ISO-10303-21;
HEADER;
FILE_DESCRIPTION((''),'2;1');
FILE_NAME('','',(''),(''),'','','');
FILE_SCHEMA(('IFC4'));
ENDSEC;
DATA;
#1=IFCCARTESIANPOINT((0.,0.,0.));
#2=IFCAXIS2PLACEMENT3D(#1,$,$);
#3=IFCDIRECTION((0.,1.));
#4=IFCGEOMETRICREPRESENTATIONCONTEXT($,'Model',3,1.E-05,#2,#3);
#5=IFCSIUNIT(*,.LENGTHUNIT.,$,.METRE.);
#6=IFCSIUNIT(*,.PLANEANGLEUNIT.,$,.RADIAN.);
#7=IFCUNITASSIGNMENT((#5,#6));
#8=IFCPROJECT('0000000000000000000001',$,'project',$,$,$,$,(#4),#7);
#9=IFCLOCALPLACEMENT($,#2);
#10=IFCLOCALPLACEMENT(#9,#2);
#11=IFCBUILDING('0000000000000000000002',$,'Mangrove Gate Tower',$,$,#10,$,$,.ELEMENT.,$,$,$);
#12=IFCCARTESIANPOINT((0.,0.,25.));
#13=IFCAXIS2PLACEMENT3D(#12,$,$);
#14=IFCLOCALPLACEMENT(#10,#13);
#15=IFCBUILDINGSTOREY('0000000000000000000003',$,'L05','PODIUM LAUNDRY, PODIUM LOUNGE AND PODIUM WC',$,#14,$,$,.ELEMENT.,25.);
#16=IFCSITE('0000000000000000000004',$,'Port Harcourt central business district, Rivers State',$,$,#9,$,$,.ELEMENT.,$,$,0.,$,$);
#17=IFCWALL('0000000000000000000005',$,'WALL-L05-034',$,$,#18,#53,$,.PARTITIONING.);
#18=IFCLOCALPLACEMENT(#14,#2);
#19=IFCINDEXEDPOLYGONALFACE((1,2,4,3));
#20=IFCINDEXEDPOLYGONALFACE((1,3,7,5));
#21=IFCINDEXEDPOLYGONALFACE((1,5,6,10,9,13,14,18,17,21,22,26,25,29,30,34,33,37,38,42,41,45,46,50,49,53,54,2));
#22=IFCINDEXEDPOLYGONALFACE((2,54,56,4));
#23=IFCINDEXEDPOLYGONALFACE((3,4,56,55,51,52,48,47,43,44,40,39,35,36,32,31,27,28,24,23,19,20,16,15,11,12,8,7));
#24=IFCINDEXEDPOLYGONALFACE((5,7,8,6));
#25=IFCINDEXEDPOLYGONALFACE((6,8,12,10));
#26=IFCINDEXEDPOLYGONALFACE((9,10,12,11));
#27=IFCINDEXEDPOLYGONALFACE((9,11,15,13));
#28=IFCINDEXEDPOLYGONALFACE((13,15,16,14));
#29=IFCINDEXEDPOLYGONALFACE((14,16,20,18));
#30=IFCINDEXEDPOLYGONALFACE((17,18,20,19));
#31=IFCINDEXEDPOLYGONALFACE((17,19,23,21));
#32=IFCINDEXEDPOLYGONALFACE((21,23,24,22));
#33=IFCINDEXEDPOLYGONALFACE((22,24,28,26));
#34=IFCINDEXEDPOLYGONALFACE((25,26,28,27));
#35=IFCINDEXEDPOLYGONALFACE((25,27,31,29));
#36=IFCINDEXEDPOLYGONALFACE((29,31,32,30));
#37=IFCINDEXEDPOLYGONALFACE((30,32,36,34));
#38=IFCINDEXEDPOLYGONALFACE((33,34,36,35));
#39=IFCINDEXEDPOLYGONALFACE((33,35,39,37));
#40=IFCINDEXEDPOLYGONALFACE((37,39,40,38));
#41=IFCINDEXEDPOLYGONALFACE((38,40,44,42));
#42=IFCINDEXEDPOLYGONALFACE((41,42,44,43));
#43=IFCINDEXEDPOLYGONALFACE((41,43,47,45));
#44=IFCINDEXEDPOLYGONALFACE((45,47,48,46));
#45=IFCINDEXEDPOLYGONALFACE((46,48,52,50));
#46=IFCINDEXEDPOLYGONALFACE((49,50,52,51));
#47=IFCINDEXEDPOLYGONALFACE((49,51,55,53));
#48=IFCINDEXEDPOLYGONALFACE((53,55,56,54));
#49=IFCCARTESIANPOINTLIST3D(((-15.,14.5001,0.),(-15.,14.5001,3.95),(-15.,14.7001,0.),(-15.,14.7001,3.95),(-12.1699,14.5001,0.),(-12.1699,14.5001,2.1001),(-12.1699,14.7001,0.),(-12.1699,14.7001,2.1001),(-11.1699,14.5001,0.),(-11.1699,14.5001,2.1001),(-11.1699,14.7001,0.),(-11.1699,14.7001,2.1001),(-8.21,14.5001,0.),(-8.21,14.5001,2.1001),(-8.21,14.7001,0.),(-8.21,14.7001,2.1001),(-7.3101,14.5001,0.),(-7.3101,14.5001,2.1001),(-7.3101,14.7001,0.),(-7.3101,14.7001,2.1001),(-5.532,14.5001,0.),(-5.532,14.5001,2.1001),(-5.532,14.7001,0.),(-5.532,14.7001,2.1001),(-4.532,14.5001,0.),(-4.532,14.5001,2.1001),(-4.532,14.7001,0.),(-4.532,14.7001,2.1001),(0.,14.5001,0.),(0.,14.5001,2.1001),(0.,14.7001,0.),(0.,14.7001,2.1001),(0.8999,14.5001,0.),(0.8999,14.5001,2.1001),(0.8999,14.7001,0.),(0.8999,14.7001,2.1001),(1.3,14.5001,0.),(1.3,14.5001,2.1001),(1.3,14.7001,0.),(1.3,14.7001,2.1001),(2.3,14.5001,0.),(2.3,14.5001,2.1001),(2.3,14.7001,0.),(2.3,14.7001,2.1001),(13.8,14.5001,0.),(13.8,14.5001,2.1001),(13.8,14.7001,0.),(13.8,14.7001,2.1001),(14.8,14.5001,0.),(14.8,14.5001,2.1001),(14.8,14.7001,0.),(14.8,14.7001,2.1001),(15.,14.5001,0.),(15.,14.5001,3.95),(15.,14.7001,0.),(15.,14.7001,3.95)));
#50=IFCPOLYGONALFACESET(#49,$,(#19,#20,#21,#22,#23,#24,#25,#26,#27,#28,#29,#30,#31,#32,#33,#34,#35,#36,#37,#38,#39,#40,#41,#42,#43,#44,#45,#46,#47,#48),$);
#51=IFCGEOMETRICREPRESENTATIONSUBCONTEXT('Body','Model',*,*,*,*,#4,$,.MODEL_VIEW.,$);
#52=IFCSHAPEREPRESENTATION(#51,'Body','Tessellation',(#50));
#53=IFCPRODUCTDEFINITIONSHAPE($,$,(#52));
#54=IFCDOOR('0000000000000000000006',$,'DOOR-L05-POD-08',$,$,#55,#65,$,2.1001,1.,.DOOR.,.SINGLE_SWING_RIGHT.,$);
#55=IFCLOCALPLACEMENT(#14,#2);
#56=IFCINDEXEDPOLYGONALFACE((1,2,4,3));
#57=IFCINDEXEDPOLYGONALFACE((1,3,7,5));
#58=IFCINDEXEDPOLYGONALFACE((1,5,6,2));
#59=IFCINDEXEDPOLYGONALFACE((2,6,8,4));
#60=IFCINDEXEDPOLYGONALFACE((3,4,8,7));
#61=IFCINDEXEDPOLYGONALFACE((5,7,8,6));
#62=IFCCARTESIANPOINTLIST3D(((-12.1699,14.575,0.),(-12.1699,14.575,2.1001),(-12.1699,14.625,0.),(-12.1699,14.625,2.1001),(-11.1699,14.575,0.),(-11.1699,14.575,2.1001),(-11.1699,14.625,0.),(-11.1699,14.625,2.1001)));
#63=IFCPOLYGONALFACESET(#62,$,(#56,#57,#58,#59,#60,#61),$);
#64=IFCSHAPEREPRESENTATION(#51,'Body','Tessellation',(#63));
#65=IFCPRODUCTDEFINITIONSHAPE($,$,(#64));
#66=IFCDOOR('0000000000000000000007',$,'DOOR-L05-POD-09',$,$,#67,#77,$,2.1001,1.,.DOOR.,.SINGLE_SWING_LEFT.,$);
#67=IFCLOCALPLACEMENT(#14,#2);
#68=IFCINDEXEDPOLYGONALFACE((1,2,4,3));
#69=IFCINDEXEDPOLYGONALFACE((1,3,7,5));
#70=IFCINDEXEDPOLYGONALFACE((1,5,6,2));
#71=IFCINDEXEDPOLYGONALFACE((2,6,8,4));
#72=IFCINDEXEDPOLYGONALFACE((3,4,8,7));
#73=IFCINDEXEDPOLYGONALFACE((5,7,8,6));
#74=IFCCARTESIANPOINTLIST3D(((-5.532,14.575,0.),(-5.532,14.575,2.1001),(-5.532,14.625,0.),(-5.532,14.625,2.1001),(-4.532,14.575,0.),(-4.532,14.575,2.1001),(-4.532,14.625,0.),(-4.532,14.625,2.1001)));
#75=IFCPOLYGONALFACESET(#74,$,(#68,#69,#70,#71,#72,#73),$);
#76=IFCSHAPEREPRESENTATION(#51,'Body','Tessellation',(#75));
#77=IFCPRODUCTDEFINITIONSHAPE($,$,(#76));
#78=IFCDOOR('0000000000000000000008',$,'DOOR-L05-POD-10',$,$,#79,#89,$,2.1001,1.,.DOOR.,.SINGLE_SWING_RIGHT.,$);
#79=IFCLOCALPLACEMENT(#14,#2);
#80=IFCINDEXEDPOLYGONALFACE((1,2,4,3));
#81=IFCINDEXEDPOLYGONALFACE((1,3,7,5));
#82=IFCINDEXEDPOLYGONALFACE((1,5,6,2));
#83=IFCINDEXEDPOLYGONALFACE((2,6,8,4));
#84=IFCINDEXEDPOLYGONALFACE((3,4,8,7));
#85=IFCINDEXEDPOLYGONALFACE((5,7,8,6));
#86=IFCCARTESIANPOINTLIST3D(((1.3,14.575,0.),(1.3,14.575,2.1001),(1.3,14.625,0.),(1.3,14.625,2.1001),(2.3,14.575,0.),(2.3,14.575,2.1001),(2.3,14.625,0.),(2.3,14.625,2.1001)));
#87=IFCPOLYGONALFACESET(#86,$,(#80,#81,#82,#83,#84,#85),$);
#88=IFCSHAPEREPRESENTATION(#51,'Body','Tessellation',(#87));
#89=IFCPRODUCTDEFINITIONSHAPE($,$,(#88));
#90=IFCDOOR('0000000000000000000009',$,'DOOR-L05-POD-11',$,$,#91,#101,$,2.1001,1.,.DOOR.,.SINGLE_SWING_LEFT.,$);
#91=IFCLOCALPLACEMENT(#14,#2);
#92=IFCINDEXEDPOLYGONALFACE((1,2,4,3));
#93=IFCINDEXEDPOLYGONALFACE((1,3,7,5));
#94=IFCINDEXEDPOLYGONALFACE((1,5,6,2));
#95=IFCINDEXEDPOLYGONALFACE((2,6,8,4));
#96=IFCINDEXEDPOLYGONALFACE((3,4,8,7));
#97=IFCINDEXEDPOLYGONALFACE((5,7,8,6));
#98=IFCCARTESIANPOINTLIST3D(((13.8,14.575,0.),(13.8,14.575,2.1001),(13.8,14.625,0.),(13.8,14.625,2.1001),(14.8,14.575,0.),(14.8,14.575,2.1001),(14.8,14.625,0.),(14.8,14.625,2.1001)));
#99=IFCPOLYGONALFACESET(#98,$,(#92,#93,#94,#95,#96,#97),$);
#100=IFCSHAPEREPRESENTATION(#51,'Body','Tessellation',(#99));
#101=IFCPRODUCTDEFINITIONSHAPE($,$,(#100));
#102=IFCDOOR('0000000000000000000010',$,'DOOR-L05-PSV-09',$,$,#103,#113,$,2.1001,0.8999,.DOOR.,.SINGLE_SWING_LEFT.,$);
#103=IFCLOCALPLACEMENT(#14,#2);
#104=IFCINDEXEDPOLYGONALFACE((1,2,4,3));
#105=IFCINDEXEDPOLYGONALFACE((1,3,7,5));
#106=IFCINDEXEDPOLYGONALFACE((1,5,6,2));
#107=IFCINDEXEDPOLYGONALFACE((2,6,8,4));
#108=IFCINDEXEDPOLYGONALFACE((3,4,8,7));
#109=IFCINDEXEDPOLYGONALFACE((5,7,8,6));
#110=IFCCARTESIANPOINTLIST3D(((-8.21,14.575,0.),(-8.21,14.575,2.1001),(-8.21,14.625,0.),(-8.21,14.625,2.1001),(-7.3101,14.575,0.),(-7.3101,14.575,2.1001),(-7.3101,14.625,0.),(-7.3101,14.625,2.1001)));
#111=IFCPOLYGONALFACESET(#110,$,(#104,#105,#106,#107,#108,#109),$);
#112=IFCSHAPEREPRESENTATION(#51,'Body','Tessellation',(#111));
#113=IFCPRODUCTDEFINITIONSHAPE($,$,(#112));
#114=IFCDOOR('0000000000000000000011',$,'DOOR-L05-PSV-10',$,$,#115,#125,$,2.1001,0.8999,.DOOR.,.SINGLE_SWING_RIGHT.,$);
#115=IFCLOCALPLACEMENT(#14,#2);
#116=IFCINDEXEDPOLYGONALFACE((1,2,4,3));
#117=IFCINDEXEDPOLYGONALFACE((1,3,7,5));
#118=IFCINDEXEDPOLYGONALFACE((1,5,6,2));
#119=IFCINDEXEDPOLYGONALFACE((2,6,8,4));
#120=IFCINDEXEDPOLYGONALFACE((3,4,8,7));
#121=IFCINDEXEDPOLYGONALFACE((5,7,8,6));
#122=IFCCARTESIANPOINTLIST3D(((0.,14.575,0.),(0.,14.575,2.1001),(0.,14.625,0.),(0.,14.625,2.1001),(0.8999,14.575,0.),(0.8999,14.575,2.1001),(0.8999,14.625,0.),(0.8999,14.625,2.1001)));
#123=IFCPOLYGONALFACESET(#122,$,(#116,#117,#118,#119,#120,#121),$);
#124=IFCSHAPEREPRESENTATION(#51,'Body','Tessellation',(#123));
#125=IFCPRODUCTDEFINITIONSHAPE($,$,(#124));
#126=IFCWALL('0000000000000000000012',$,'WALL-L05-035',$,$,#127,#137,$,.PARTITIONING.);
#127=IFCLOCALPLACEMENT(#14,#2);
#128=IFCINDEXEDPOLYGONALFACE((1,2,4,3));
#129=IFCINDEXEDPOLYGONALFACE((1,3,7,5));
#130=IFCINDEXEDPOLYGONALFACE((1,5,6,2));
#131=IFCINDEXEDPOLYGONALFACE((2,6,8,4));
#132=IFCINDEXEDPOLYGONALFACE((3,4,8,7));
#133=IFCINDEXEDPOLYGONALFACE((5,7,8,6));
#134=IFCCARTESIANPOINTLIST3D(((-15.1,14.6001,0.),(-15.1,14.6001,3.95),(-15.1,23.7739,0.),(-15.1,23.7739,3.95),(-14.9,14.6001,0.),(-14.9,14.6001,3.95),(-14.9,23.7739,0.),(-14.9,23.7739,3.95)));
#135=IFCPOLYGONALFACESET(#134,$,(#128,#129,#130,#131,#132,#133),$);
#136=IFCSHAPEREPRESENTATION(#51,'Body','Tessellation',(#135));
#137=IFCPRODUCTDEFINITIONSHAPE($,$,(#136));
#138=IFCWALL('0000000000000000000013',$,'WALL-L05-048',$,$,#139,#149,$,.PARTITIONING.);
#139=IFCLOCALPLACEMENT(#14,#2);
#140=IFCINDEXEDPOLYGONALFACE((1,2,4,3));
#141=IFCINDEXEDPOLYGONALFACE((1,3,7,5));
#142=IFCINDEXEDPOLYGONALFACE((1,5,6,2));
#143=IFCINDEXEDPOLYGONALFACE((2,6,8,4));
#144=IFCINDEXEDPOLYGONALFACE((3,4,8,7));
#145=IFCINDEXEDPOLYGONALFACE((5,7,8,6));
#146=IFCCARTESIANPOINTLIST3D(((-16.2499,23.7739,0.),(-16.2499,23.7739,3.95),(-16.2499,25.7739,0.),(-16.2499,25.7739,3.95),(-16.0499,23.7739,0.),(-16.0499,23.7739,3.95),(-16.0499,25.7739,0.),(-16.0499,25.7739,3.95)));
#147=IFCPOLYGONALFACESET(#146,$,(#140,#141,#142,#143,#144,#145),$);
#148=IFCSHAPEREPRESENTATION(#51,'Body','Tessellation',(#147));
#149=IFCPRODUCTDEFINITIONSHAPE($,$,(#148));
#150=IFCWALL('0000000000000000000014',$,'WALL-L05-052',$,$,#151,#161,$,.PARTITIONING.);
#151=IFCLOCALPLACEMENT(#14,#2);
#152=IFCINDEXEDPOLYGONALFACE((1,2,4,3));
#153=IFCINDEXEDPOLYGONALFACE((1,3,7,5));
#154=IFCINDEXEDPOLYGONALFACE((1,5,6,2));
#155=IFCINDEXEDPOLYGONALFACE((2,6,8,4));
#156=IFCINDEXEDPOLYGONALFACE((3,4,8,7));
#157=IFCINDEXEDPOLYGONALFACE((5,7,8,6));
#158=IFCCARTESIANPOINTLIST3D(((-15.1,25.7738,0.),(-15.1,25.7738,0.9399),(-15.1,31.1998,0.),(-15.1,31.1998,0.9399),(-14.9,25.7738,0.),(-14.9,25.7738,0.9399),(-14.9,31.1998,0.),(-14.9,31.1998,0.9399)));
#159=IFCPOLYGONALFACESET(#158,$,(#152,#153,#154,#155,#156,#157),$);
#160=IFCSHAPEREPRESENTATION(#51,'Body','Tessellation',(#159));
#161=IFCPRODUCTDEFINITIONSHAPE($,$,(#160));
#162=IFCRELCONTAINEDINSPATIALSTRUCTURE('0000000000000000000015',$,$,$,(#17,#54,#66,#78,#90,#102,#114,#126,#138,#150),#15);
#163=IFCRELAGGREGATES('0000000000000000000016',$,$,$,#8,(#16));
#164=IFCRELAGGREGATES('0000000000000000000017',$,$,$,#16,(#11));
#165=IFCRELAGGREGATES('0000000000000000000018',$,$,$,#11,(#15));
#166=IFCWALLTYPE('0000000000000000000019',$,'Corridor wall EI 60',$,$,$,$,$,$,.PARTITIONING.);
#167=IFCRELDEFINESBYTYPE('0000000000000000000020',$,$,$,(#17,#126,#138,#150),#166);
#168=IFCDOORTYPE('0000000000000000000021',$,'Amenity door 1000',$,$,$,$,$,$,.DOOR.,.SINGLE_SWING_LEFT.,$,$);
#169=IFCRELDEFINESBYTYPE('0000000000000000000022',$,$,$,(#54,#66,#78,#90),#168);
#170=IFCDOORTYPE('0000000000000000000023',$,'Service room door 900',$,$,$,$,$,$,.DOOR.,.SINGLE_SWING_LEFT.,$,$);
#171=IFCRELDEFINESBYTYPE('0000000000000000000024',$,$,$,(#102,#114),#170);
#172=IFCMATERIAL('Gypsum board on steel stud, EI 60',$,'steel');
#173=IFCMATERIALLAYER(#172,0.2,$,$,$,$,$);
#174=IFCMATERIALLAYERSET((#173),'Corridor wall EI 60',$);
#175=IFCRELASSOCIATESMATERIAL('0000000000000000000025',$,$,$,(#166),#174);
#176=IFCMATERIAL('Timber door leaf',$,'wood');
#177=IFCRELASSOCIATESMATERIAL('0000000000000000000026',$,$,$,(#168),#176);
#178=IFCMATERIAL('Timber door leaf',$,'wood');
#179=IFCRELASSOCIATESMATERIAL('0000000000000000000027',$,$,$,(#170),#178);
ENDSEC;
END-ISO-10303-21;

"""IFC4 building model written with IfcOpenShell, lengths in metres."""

from ifc_helpers import new_model, si_unit, direction, frame, frame_2d, origin, place, context, subcontext, project, spatial, rectangle, extrude, material, layer, layer_set, type_object, element, fill, save


model = new_model("IFC4")

# Units and contexts
model_context = context("Model", 3, precision=1e-05, world=origin(), true_north=direction((0.0, 1.0)))
body_context = subcontext(model_context, "Body", "Model", "MODEL_VIEW")
ifc_project = project(units=[si_unit("LENGTHUNIT", "METRE"), si_unit("PLANEANGLEUNIT", "RADIAN")], contexts=[model_context])

# Site, building, storey
site_placement = place(None, origin())
site = spatial("IfcSite", under=ifc_project, at=site_placement, Name="Port Harcourt central business district, Rivers State", CompositionType="ELEMENT", RefElevation=0.0)
building_placement = place(site_placement, origin())
building = spatial("IfcBuilding", under=site, at=building_placement, Name="Mangrove Gate Tower", CompositionType="ELEMENT")
storey_placement = place(building_placement, frame((0.0, 0.0, 25.0)))
storey = spatial("IfcBuildingStorey", under=building, at=storey_placement, Name="L05", Description="PODIUM LAUNDRY, PODIUM LOUNGE AND PODIUM WC", CompositionType="ELEMENT", Elevation=25.0)

# Wall, openings, doors
ifc_material_1 = material(Name="Gypsum board on steel stud, EI 60", Category="steel")
ifc_layer_1 = layer(ifc_material_1, 0.2)
ifc_layer_set_1 = layer_set([ifc_layer_1], Name="Corridor wall EI 60")
wall_type_1 = type_object("IfcWallType", Name="Corridor wall EI 60", PredefinedType="PARTITIONING", material=ifc_layer_set_1)
wall_1_placement = place(storey_placement, frame((-15.0, 14.6001, 0.0), z_axis=(0.0, 0.0, 1.0), x_axis=(1.0, 0.0, 0.0)))
wall_1 = element("IfcWall", 1, at=wall_1_placement, inside=storey, type_object=wall_type_1, Name="WALL-L05-034", PredefinedType="PARTITIONING", context=body_context, shape_type="SweptSolid", body=[
    extrude(rectangle(XDim=30.0, YDim=0.2, at=frame_2d((15.0, 0.0))), origin(), (0.0, 0.0, 1.0), 3.95),
])
opening_1_placement = place(wall_1_placement, frame((2.8301, 0.0, 0.0)))
opening_1 = element("IfcOpeningElement", 2, at=opening_1_placement, cuts=wall_1, PredefinedType="OPENING", context=body_context, shape_type="SweptSolid", body=[
    extrude(rectangle(XDim=1.0, YDim=2.1001, at=frame_2d((0.5, 1.05))), frame((0.0, 0.1099, 0.0), z_axis=(0.0, -1.0, 0.0), x_axis=(1.0, 0.0, 0.0)), (0.0, 0.0, 1.0), 0.22),
])
opening_2_placement = place(wall_1_placement, frame((9.468, 0.0, 0.0)))
opening_2 = element("IfcOpeningElement", 3, at=opening_2_placement, cuts=wall_1, PredefinedType="OPENING", context=body_context, shape_type="SweptSolid", body=[
    extrude(rectangle(XDim=1.0, YDim=2.1001, at=frame_2d((0.5, 1.05))), frame((0.0, 0.1099, 0.0), z_axis=(0.0, -1.0, 0.0), x_axis=(1.0, 0.0, 0.0)), (0.0, 0.0, 1.0), 0.22),
])
opening_3_placement = place(wall_1_placement, frame((6.79, 0.0, 0.0)))
opening_3 = element("IfcOpeningElement", 4, at=opening_3_placement, cuts=wall_1, PredefinedType="OPENING", context=body_context, shape_type="SweptSolid", body=[
    extrude(rectangle(XDim=0.8999, YDim=2.1001, at=frame_2d((0.45, 1.05))), frame((0.0, 0.1099, 0.0), z_axis=(0.0, -1.0, 0.0), x_axis=(1.0, 0.0, 0.0)), (0.0, 0.0, 1.0), 0.22),
])
opening_4_placement = place(wall_1_placement, frame((16.3, 0.0, 0.0)))
opening_4 = element("IfcOpeningElement", 5, at=opening_4_placement, cuts=wall_1, PredefinedType="OPENING", context=body_context, shape_type="SweptSolid", body=[
    extrude(rectangle(XDim=1.0, YDim=2.1001, at=frame_2d((0.5, 1.05))), frame((0.0, 0.1099, 0.0), z_axis=(0.0, -1.0, 0.0), x_axis=(1.0, 0.0, 0.0)), (0.0, 0.0, 1.0), 0.22),
])
opening_5_placement = place(wall_1_placement, frame((15.0, 0.0, 0.0)))
opening_5 = element("IfcOpeningElement", 6, at=opening_5_placement, cuts=wall_1, PredefinedType="OPENING", context=body_context, shape_type="SweptSolid", body=[
    extrude(rectangle(XDim=0.8999, YDim=2.1001, at=frame_2d((0.45, 1.05))), frame((0.0, 0.1099, 0.0), z_axis=(0.0, -1.0, 0.0), x_axis=(1.0, 0.0, 0.0)), (0.0, 0.0, 1.0), 0.22),
])
opening_6_placement = place(wall_1_placement, frame((28.8, 0.0, 0.0)))
opening_6 = element("IfcOpeningElement", 7, at=opening_6_placement, cuts=wall_1, PredefinedType="OPENING", context=body_context, shape_type="SweptSolid", body=[
    extrude(rectangle(XDim=1.0, YDim=2.1001, at=frame_2d((0.5, 1.05))), frame((0.0, 0.1099, 0.0), z_axis=(0.0, -1.0, 0.0), x_axis=(1.0, 0.0, 0.0)), (0.0, 0.0, 1.0), 0.22),
])
ifc_material_2 = material(Name="Timber door leaf", Category="wood")
door_type_1 = type_object("IfcDoorType", Name="Amenity door 1000", OperationType="SINGLE_SWING_LEFT", PredefinedType="DOOR", material=ifc_material_2)
door_1_placement = place(opening_1_placement, origin())
door_1 = element("IfcDoor", 8, at=door_1_placement, inside=storey, type_object=door_type_1, Name="DOOR-L05-POD-08", OperationType="SINGLE_SWING_RIGHT", OverallHeight=2.1001, OverallWidth=1.0, PredefinedType="DOOR", context=body_context, shape_type="SweptSolid", body=[
    extrude(rectangle(XDim=1.0, YDim=2.1001, at=frame_2d((0.5, 1.05))), frame((0.0, 0.0249, 0.0), z_axis=(0.0, -1.0, 0.0), x_axis=(1.0, 0.0, 0.0)), (0.0, 0.0, 1.0), 0.05),
])
fill(opening_1, door_1)
door_2_placement = place(opening_2_placement, origin())
door_2 = element("IfcDoor", 9, at=door_2_placement, inside=storey, type_object=door_type_1, Name="DOOR-L05-POD-09", OperationType="SINGLE_SWING_LEFT", OverallHeight=2.1001, OverallWidth=1.0, PredefinedType="DOOR", context=body_context, shape_type="SweptSolid", body=[
    extrude(rectangle(XDim=1.0, YDim=2.1001, at=frame_2d((0.5, 1.05))), frame((0.0, 0.0249, 0.0), z_axis=(0.0, -1.0, 0.0), x_axis=(1.0, 0.0, 0.0)), (0.0, 0.0, 1.0), 0.05),
])
fill(opening_2, door_2)
door_3_placement = place(opening_4_placement, origin())
door_3 = element("IfcDoor", 10, at=door_3_placement, inside=storey, type_object=door_type_1, Name="DOOR-L05-POD-10", OperationType="SINGLE_SWING_RIGHT", OverallHeight=2.1001, OverallWidth=1.0, PredefinedType="DOOR", context=body_context, shape_type="SweptSolid", body=[
    extrude(rectangle(XDim=1.0, YDim=2.1001, at=frame_2d((0.5, 1.05))), frame((0.0, 0.0249, 0.0), z_axis=(0.0, -1.0, 0.0), x_axis=(1.0, 0.0, 0.0)), (0.0, 0.0, 1.0), 0.05),
])
fill(opening_4, door_3)
door_4_placement = place(opening_6_placement, origin())
door_4 = element("IfcDoor", 11, at=door_4_placement, inside=storey, type_object=door_type_1, Name="DOOR-L05-POD-11", OperationType="SINGLE_SWING_LEFT", OverallHeight=2.1001, OverallWidth=1.0, PredefinedType="DOOR", context=body_context, shape_type="SweptSolid", body=[
    extrude(rectangle(XDim=1.0, YDim=2.1001, at=frame_2d((0.5, 1.05))), frame((0.0, 0.0249, 0.0), z_axis=(0.0, -1.0, 0.0), x_axis=(1.0, 0.0, 0.0)), (0.0, 0.0, 1.0), 0.05),
])
fill(opening_6, door_4)
ifc_material_3 = material(Name="Timber door leaf", Category="wood")
door_type_2 = type_object("IfcDoorType", Name="Service room door 900", OperationType="SINGLE_SWING_LEFT", PredefinedType="DOOR", material=ifc_material_3)
door_5_placement = place(opening_3_placement, origin())
door_5 = element("IfcDoor", 12, at=door_5_placement, inside=storey, type_object=door_type_2, Name="DOOR-L05-PSV-09", OperationType="SINGLE_SWING_LEFT", OverallHeight=2.1001, OverallWidth=0.8999, PredefinedType="DOOR", context=body_context, shape_type="SweptSolid", body=[
    extrude(rectangle(XDim=0.8999, YDim=2.1001, at=frame_2d((0.45, 1.05))), frame((0.0, 0.0249, 0.0), z_axis=(0.0, -1.0, 0.0), x_axis=(1.0, 0.0, 0.0)), (0.0, 0.0, 1.0), 0.05),
])
fill(opening_3, door_5)
door_6_placement = place(opening_5_placement, origin())
door_6 = element("IfcDoor", 13, at=door_6_placement, inside=storey, type_object=door_type_2, Name="DOOR-L05-PSV-10", OperationType="SINGLE_SWING_RIGHT", OverallHeight=2.1001, OverallWidth=0.8999, PredefinedType="DOOR", context=body_context, shape_type="SweptSolid", body=[
    extrude(rectangle(XDim=0.8999, YDim=2.1001, at=frame_2d((0.45, 1.05))), frame((0.0, 0.0249, 0.0), z_axis=(0.0, -1.0, 0.0), x_axis=(1.0, 0.0, 0.0)), (0.0, 0.0, 1.0), 0.05),
])
fill(opening_5, door_6)

# Walls
wall_2_placement = place(storey_placement, frame((-15.0, 14.6001, 0.0), z_axis=(0.0, 0.0, 1.0), x_axis=(0.0, 1.0, 0.0)))
element("IfcWall", 14, at=wall_2_placement, inside=storey, type_object=wall_type_1, Name="WALL-L05-035", PredefinedType="PARTITIONING", context=body_context, shape_type="SweptSolid", body=[
    extrude(rectangle(XDim=9.1738, YDim=0.2, at=frame_2d((4.5869, 0.0))), origin(), (0.0, 0.0, 1.0), 3.95),
])
wall_3_placement = place(storey_placement, frame((-16.1499, 23.7739, 0.0), z_axis=(0.0, 0.0, 1.0), x_axis=(0.0, 1.0, 0.0)))
element("IfcWall", 15, at=wall_3_placement, inside=storey, type_object=wall_type_1, Name="WALL-L05-048", PredefinedType="PARTITIONING", context=body_context, shape_type="SweptSolid", body=[
    extrude(rectangle(XDim=2.0, YDim=0.2, at=frame_2d((1.0, 0.0))), origin(), (0.0, 0.0, 1.0), 3.95),
])
wall_4_placement = place(storey_placement, frame((-15.0, 25.7739, 0.0), z_axis=(0.0, 0.0, 1.0), x_axis=(0.0, 1.0, 0.0)))
element("IfcWall", 16, at=wall_4_placement, inside=storey, type_object=wall_type_1, Name="WALL-L05-052", PredefinedType="PARTITIONING", context=body_context, shape_type="SweptSolid", body=[
    extrude(rectangle(XDim=5.426, YDim=0.2, at=frame_2d((2.7129, 0.0))), origin(), (0.0, 0.0, 1.0), 0.9399),
])

save(model, "model.ifc")
